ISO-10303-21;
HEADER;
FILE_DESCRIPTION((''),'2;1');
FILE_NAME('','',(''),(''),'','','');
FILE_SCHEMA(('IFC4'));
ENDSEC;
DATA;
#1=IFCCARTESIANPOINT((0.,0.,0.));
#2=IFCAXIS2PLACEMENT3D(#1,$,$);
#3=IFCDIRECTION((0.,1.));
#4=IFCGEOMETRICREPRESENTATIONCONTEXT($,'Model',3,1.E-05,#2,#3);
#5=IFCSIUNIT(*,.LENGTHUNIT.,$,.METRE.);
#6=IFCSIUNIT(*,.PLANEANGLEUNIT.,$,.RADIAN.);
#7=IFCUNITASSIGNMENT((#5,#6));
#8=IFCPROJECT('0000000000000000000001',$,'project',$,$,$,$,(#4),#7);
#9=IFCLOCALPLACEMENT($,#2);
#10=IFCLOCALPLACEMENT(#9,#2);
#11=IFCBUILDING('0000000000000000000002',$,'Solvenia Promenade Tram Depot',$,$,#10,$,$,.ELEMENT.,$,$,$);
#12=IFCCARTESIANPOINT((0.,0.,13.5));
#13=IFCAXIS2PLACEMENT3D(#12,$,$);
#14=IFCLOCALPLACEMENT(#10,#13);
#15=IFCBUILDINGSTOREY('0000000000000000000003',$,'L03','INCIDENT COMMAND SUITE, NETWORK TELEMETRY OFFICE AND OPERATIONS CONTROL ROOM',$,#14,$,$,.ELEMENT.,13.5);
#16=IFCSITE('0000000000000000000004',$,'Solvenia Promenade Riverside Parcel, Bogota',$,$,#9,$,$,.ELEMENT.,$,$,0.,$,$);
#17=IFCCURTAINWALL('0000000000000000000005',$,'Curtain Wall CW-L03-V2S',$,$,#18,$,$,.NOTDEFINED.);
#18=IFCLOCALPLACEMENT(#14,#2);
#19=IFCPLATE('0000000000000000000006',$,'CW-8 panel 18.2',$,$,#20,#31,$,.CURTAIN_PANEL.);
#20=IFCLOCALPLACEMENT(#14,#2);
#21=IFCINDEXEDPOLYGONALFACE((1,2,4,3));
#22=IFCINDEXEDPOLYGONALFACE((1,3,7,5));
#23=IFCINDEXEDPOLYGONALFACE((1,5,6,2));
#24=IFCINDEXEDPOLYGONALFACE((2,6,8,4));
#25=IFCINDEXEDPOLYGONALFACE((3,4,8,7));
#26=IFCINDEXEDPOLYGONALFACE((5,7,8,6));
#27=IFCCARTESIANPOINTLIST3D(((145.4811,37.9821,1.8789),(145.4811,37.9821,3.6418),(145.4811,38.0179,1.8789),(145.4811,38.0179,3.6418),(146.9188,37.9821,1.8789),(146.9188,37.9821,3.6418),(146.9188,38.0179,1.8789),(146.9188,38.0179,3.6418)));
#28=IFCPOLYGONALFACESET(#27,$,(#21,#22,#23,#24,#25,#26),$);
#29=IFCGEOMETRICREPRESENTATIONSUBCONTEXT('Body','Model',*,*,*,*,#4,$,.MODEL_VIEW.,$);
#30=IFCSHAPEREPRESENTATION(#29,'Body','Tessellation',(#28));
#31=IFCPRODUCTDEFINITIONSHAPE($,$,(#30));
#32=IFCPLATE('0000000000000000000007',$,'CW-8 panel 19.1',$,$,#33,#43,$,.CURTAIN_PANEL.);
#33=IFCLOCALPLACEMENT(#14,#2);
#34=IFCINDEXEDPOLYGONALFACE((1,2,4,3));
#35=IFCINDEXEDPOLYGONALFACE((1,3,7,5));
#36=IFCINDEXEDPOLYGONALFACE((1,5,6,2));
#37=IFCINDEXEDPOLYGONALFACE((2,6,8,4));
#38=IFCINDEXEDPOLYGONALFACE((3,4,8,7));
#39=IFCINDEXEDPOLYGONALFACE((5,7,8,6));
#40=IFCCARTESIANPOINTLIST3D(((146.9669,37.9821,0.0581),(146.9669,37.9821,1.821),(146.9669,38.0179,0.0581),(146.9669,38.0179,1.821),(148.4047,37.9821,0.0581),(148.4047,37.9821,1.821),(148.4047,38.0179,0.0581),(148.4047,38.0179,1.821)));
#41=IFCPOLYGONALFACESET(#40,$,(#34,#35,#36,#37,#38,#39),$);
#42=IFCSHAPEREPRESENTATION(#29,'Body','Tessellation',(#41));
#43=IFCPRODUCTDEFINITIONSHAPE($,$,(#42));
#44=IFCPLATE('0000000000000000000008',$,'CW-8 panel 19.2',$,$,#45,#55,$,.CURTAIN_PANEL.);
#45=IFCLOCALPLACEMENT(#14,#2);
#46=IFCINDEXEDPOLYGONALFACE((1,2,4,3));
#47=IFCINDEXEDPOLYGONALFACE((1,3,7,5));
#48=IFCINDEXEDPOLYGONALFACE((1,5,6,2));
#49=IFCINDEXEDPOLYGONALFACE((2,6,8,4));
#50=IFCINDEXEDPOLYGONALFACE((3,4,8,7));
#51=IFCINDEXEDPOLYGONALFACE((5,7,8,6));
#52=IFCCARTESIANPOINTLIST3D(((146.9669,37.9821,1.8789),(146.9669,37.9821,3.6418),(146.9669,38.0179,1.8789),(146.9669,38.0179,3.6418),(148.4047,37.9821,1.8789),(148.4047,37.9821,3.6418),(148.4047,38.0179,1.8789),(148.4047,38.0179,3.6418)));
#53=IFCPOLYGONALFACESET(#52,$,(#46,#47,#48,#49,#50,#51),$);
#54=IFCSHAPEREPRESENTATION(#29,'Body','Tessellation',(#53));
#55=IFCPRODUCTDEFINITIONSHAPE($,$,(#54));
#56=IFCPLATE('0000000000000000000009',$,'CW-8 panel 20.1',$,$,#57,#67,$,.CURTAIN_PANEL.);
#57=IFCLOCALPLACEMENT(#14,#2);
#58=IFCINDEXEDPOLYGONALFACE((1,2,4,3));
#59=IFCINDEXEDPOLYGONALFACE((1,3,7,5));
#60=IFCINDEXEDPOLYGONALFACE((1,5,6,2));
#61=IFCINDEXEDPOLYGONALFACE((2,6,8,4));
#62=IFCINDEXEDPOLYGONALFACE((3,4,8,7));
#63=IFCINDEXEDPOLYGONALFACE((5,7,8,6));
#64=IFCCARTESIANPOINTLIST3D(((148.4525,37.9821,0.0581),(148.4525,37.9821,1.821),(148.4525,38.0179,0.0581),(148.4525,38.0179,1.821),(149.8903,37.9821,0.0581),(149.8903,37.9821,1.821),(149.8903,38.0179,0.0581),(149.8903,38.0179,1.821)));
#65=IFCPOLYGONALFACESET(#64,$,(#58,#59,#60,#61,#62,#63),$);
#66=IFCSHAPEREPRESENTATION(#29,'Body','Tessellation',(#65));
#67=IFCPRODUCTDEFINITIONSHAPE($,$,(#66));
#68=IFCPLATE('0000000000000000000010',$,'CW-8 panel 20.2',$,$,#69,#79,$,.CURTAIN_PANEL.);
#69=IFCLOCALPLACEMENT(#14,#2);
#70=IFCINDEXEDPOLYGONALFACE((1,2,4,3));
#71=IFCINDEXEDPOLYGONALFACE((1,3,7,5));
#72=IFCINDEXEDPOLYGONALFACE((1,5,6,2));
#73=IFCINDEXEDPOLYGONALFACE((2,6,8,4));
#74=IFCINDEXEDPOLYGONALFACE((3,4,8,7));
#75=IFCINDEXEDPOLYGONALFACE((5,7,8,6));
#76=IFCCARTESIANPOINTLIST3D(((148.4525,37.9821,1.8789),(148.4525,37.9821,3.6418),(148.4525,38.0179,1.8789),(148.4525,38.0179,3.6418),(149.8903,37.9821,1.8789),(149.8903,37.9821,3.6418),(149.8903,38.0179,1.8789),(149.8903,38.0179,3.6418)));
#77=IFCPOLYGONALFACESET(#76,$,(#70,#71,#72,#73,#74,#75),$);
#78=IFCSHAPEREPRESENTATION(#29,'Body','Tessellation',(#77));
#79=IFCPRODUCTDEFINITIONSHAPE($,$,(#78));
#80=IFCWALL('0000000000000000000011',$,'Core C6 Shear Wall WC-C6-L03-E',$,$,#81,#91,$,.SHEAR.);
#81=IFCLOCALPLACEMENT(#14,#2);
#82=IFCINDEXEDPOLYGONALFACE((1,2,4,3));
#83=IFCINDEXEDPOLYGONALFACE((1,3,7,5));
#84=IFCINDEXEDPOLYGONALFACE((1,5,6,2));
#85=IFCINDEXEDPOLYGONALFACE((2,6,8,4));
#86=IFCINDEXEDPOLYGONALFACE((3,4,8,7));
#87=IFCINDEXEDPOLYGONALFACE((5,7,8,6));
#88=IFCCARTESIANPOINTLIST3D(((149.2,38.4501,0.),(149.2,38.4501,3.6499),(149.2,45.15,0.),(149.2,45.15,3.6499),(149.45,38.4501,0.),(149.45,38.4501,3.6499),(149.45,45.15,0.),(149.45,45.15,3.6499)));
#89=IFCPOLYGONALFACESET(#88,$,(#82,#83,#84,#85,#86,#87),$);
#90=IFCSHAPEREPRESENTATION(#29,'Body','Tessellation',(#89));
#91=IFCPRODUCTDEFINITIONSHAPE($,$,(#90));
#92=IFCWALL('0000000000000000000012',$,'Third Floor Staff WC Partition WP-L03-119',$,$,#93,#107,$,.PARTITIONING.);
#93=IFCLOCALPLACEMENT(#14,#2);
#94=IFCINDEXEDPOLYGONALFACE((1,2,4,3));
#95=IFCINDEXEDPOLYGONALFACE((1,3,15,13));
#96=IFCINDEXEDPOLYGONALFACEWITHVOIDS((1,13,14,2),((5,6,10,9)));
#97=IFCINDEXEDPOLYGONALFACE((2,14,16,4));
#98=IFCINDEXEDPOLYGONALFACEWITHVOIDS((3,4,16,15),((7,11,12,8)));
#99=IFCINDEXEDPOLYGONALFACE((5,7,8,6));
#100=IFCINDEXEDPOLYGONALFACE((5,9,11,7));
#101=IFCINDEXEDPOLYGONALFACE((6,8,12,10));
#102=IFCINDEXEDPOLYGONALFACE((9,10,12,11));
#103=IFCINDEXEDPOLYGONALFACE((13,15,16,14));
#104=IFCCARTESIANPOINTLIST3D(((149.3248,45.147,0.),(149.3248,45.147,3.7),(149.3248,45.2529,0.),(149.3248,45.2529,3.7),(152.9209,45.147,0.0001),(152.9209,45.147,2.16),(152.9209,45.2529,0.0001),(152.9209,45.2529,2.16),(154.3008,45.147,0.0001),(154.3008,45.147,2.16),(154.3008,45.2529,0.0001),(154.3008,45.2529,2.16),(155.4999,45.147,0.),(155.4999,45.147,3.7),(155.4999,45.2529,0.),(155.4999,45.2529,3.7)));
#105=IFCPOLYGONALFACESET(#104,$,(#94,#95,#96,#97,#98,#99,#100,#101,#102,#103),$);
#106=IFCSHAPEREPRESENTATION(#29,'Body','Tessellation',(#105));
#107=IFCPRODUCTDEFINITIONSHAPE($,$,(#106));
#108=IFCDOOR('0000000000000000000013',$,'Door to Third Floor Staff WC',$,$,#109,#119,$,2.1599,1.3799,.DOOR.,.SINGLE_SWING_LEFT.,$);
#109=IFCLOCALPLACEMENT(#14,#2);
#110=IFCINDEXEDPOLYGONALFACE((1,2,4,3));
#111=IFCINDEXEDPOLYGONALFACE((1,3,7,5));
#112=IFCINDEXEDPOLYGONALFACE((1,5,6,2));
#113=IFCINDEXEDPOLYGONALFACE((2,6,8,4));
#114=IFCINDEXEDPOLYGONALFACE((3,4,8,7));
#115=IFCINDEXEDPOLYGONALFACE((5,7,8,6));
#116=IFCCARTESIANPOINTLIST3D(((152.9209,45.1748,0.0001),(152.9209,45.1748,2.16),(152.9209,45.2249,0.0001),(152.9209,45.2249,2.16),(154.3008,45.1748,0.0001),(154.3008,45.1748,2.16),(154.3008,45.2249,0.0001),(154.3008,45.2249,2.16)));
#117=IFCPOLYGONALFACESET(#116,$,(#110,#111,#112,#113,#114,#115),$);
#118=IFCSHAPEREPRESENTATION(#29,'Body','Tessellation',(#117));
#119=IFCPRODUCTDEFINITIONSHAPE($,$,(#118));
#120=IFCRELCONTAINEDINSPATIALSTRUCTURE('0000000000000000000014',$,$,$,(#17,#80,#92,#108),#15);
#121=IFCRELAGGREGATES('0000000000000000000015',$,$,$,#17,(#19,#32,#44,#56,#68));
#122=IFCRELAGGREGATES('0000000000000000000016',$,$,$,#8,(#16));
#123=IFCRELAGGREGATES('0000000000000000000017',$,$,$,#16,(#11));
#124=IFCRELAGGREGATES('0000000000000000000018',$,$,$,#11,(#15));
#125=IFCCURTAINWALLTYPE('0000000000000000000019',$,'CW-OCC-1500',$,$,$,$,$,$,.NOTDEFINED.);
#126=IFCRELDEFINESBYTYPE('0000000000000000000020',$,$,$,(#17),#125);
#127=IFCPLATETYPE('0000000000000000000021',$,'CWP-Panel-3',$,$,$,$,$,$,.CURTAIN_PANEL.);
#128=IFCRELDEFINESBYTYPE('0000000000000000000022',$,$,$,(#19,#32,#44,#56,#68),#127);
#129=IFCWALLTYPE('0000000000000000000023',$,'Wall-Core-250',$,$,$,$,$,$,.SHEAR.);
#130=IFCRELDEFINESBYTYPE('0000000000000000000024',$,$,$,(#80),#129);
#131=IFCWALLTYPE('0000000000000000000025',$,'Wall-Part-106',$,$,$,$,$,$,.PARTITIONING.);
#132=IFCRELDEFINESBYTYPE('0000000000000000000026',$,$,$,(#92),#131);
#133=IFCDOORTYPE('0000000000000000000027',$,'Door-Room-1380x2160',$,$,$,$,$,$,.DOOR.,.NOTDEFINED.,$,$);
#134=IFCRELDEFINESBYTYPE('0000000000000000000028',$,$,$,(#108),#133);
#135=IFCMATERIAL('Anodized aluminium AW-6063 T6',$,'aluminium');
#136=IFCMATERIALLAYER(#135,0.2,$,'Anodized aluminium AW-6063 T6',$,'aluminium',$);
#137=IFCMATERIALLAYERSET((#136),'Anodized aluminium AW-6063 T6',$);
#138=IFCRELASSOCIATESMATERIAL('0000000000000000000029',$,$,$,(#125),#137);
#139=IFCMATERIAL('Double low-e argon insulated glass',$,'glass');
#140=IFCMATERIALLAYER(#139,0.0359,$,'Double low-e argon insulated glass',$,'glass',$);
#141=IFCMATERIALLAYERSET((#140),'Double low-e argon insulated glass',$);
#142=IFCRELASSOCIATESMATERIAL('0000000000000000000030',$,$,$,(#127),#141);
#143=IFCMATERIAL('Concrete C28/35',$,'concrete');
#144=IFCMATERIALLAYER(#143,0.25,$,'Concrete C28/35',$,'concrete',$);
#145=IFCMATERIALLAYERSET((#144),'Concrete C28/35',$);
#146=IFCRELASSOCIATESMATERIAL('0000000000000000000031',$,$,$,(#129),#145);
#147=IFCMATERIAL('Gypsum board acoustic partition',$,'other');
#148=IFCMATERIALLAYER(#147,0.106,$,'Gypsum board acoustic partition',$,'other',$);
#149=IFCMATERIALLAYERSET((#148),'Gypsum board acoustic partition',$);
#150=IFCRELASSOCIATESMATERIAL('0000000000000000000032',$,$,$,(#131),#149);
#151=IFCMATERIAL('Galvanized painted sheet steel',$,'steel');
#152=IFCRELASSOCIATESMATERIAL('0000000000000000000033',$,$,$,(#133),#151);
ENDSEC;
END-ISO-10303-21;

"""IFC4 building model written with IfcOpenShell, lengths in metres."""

from ifc_helpers import new_model, si_unit, direction, frame, frame_2d, origin, origin_2d, place, context, subcontext, project, spatial, rectangle, extrude, material, layer, layer_set, type_object, element, fill, aggregate, save


model = new_model("IFC4")

# Units and contexts
model_context = context("Model", 3, precision=1e-05, world=origin(), true_north=direction((0.0, 1.0)))
body_context = subcontext(model_context, "Body", "Model", "MODEL_VIEW")
ifc_project = project(units=[si_unit("LENGTHUNIT", "METRE"), si_unit("PLANEANGLEUNIT", "RADIAN")], contexts=[model_context])

# Site, building, storey
site_placement = place(None, origin())
site = spatial("IfcSite", under=ifc_project, at=site_placement, Name="Solvenia Promenade Riverside Parcel, Bogota", CompositionType="ELEMENT", RefElevation=0.0)
building_placement = place(site_placement, origin())
building = spatial("IfcBuilding", under=site, at=building_placement, Name="Solvenia Promenade Tram Depot", CompositionType="ELEMENT")
storey_placement = place(building_placement, frame((0.0, 0.0, 13.5)))
storey = spatial("IfcBuildingStorey", under=building, at=storey_placement, Name="L03", Description="INCIDENT COMMAND SUITE, NETWORK TELEMETRY OFFICE AND OPERATIONS CONTROL ROOM", CompositionType="ELEMENT", Elevation=13.5)

# Curtain wall, plates
ifc_material_1 = material(Name="Anodized aluminium AW-6063 T6", Category="aluminium")
ifc_layer_1 = layer(ifc_material_1, 0.2, Name="Anodized aluminium AW-6063 T6", Category="aluminium")
ifc_layer_set_1 = layer_set([ifc_layer_1], Name="Anodized aluminium AW-6063 T6")
curtain_wall_type = type_object("IfcCurtainWallType", Name="CW-OCC-1500", PredefinedType="NOTDEFINED", material=ifc_layer_set_1)
curtain_wall_placement = place(storey_placement, origin())
curtain_wall = element("IfcCurtainWall", 1, at=curtain_wall_placement, inside=storey, type_object=curtain_wall_type, Name="Curtain Wall CW-L03-V2S", PredefinedType="NOTDEFINED")
ifc_material_2 = material(Name="Double low-e argon insulated glass", Category="glass")
ifc_layer_2 = layer(ifc_material_2, 0.0359, Name="Double low-e argon insulated glass", Category="glass")
ifc_layer_set_2 = layer_set([ifc_layer_2], Name="Double low-e argon insulated glass")
plate_type = type_object("IfcPlateType", Name="CWP-Panel-3", PredefinedType="CURTAIN_PANEL", material=ifc_layer_set_2)
plate_1_placement = place(storey_placement, frame((146.2, 38.0, 1.8789), z_axis=(0.0, 0.0, 1.0), x_axis=(1.0, 0.0, 0.0)))
plate_1 = element("IfcPlate", 2, at=plate_1_placement, type_object=plate_type, Name="CW-8 panel 18.2", PredefinedType="CURTAIN_PANEL", context=body_context, shape_type="SweptSolid", body=[
    extrude(rectangle(XDim=1.4377, YDim=0.0359, at=origin_2d()), origin(), (0.0, 0.0, 1.0), 1.7629),
])
plate_2_placement = place(storey_placement, frame((147.6858, 38.0, 0.0581), z_axis=(0.0, 0.0, 1.0), x_axis=(1.0, 0.0, 0.0)))
plate_2 = element("IfcPlate", 3, at=plate_2_placement, type_object=plate_type, Name="CW-8 panel 19.1", PredefinedType="CURTAIN_PANEL", context=body_context, shape_type="SweptSolid", body=[
    extrude(rectangle(XDim=1.4377, YDim=0.0359, at=origin_2d()), origin(), (0.0, 0.0, 1.0), 1.7629),
])
plate_3_placement = place(storey_placement, frame((147.6858, 38.0, 1.8789), z_axis=(0.0, 0.0, 1.0), x_axis=(1.0, 0.0, 0.0)))
plate_3 = element("IfcPlate", 4, at=plate_3_placement, type_object=plate_type, Name="CW-8 panel 19.2", PredefinedType="CURTAIN_PANEL", context=body_context, shape_type="SweptSolid", body=[
    extrude(rectangle(XDim=1.4377, YDim=0.0359, at=origin_2d()), origin(), (0.0, 0.0, 1.0), 1.7629),
])
plate_4_placement = place(storey_placement, frame((149.1714, 38.0, 0.0581), z_axis=(0.0, 0.0, 1.0), x_axis=(1.0, 0.0, 0.0)))
plate_4 = element("IfcPlate", 5, at=plate_4_placement, type_object=plate_type, Name="CW-8 panel 20.1", PredefinedType="CURTAIN_PANEL", context=body_context, shape_type="SweptSolid", body=[
    extrude(rectangle(XDim=1.4377, YDim=0.0359, at=origin_2d()), origin(), (0.0, 0.0, 1.0), 1.7629),
])
plate_5_placement = place(storey_placement, frame((149.1714, 38.0, 1.8789), z_axis=(0.0, 0.0, 1.0), x_axis=(1.0, 0.0, 0.0)))
plate_5 = element("IfcPlate", 6, at=plate_5_placement, type_object=plate_type, Name="CW-8 panel 20.2", PredefinedType="CURTAIN_PANEL", context=body_context, shape_type="SweptSolid", body=[
    extrude(rectangle(XDim=1.4377, YDim=0.0359, at=origin_2d()), origin(), (0.0, 0.0, 1.0), 1.7629),
])
aggregate(curtain_wall, [plate_1, plate_2, plate_3, plate_4, plate_5])

# Wall
ifc_material_3 = material(Name="Concrete C28/35", Category="concrete")
ifc_layer_3 = layer(ifc_material_3, 0.25, Name="Concrete C28/35", Category="concrete")
ifc_layer_set_3 = layer_set([ifc_layer_3], Name="Concrete C28/35")
wall_type_1 = type_object("IfcWallType", Name="Wall-Core-250", PredefinedType="SHEAR", material=ifc_layer_set_3)
wall_1_placement = place(storey_placement, frame((149.325, 38.45, 0.0), z_axis=(0.0, 0.0, 1.0), x_axis=(0.0, 1.0, 0.0)))
element("IfcWall", 7, at=wall_1_placement, inside=storey, type_object=wall_type_1, Name="Core C6 Shear Wall WC-C6-L03-E", PredefinedType="SHEAR", context=body_context, shape_type="SweptSolid", body=[
    extrude(rectangle(XDim=6.7, YDim=0.25, at=frame_2d((3.3501, 0.0))), origin(), (0.0, 0.0, 1.0), 3.6499),
])

# Wall, opening, door
ifc_material_4 = material(Name="Gypsum board acoustic partition", Category="other")
ifc_layer_4 = layer(ifc_material_4, 0.106, Name="Gypsum board acoustic partition", Category="other")
ifc_layer_set_4 = layer_set([ifc_layer_4], Name="Gypsum board acoustic partition")
wall_type_2 = type_object("IfcWallType", Name="Wall-Part-106", PredefinedType="PARTITIONING", material=ifc_layer_set_4)
wall_2_placement = place(storey_placement, frame((149.325, 45.2, 0.0), z_axis=(0.0, 0.0, 1.0), x_axis=(1.0, 0.0, 0.0)))
wall_2 = element("IfcWall", 8, at=wall_2_placement, inside=storey, type_object=wall_type_2, Name="Third Floor Staff WC Partition WP-L03-119", PredefinedType="PARTITIONING", context=body_context, shape_type="SweptSolid", body=[
    extrude(rectangle(XDim=6.175, YDim=0.106, at=frame_2d((3.0874, 0.0))), origin(), (0.0, 0.0, 1.0), 3.7),
])
opening_placement = place(wall_2_placement, frame((3.5959, 0.0, 0.0)))
opening = element("IfcOpeningElement", 9, at=opening_placement, cuts=wall_2, PredefinedType="OPENING", context=body_context, shape_type="SweptSolid", body=[
    extrude(rectangle(XDim=1.3799, YDim=2.1599, at=frame_2d((0.6899, 1.0801))), frame((0.0, 0.063, 0.0), z_axis=(0.0, -1.0, 0.0), x_axis=(1.0, 0.0, 0.0)), (0.0, 0.0, 1.0), 0.126),
])
ifc_material_5 = material(Name="Galvanized painted sheet steel", Category="steel")
door_type = type_object("IfcDoorType", Name="Door-Room-1380x2160", OperationType="NOTDEFINED", PredefinedType="DOOR", material=ifc_material_5)
door_placement = place(opening_placement, origin())
door = element("IfcDoor", 10, at=door_placement, inside=storey, type_object=door_type, Name="Door to Third Floor Staff WC", OperationType="SINGLE_SWING_LEFT", OverallHeight=2.1599, OverallWidth=1.3799, PredefinedType="DOOR", context=body_context, shape_type="SweptSolid", body=[
    extrude(rectangle(XDim=1.3799, YDim=2.1599, at=frame_2d((0.6899, 1.0801))), frame((0.0, 0.0249, 0.0), z_axis=(0.0, -1.0, 0.0), x_axis=(1.0, 0.0, 0.0)), (0.0, 0.0, 1.0), 0.05),
])
fill(opening, door)

save(model, "model.ifc")
